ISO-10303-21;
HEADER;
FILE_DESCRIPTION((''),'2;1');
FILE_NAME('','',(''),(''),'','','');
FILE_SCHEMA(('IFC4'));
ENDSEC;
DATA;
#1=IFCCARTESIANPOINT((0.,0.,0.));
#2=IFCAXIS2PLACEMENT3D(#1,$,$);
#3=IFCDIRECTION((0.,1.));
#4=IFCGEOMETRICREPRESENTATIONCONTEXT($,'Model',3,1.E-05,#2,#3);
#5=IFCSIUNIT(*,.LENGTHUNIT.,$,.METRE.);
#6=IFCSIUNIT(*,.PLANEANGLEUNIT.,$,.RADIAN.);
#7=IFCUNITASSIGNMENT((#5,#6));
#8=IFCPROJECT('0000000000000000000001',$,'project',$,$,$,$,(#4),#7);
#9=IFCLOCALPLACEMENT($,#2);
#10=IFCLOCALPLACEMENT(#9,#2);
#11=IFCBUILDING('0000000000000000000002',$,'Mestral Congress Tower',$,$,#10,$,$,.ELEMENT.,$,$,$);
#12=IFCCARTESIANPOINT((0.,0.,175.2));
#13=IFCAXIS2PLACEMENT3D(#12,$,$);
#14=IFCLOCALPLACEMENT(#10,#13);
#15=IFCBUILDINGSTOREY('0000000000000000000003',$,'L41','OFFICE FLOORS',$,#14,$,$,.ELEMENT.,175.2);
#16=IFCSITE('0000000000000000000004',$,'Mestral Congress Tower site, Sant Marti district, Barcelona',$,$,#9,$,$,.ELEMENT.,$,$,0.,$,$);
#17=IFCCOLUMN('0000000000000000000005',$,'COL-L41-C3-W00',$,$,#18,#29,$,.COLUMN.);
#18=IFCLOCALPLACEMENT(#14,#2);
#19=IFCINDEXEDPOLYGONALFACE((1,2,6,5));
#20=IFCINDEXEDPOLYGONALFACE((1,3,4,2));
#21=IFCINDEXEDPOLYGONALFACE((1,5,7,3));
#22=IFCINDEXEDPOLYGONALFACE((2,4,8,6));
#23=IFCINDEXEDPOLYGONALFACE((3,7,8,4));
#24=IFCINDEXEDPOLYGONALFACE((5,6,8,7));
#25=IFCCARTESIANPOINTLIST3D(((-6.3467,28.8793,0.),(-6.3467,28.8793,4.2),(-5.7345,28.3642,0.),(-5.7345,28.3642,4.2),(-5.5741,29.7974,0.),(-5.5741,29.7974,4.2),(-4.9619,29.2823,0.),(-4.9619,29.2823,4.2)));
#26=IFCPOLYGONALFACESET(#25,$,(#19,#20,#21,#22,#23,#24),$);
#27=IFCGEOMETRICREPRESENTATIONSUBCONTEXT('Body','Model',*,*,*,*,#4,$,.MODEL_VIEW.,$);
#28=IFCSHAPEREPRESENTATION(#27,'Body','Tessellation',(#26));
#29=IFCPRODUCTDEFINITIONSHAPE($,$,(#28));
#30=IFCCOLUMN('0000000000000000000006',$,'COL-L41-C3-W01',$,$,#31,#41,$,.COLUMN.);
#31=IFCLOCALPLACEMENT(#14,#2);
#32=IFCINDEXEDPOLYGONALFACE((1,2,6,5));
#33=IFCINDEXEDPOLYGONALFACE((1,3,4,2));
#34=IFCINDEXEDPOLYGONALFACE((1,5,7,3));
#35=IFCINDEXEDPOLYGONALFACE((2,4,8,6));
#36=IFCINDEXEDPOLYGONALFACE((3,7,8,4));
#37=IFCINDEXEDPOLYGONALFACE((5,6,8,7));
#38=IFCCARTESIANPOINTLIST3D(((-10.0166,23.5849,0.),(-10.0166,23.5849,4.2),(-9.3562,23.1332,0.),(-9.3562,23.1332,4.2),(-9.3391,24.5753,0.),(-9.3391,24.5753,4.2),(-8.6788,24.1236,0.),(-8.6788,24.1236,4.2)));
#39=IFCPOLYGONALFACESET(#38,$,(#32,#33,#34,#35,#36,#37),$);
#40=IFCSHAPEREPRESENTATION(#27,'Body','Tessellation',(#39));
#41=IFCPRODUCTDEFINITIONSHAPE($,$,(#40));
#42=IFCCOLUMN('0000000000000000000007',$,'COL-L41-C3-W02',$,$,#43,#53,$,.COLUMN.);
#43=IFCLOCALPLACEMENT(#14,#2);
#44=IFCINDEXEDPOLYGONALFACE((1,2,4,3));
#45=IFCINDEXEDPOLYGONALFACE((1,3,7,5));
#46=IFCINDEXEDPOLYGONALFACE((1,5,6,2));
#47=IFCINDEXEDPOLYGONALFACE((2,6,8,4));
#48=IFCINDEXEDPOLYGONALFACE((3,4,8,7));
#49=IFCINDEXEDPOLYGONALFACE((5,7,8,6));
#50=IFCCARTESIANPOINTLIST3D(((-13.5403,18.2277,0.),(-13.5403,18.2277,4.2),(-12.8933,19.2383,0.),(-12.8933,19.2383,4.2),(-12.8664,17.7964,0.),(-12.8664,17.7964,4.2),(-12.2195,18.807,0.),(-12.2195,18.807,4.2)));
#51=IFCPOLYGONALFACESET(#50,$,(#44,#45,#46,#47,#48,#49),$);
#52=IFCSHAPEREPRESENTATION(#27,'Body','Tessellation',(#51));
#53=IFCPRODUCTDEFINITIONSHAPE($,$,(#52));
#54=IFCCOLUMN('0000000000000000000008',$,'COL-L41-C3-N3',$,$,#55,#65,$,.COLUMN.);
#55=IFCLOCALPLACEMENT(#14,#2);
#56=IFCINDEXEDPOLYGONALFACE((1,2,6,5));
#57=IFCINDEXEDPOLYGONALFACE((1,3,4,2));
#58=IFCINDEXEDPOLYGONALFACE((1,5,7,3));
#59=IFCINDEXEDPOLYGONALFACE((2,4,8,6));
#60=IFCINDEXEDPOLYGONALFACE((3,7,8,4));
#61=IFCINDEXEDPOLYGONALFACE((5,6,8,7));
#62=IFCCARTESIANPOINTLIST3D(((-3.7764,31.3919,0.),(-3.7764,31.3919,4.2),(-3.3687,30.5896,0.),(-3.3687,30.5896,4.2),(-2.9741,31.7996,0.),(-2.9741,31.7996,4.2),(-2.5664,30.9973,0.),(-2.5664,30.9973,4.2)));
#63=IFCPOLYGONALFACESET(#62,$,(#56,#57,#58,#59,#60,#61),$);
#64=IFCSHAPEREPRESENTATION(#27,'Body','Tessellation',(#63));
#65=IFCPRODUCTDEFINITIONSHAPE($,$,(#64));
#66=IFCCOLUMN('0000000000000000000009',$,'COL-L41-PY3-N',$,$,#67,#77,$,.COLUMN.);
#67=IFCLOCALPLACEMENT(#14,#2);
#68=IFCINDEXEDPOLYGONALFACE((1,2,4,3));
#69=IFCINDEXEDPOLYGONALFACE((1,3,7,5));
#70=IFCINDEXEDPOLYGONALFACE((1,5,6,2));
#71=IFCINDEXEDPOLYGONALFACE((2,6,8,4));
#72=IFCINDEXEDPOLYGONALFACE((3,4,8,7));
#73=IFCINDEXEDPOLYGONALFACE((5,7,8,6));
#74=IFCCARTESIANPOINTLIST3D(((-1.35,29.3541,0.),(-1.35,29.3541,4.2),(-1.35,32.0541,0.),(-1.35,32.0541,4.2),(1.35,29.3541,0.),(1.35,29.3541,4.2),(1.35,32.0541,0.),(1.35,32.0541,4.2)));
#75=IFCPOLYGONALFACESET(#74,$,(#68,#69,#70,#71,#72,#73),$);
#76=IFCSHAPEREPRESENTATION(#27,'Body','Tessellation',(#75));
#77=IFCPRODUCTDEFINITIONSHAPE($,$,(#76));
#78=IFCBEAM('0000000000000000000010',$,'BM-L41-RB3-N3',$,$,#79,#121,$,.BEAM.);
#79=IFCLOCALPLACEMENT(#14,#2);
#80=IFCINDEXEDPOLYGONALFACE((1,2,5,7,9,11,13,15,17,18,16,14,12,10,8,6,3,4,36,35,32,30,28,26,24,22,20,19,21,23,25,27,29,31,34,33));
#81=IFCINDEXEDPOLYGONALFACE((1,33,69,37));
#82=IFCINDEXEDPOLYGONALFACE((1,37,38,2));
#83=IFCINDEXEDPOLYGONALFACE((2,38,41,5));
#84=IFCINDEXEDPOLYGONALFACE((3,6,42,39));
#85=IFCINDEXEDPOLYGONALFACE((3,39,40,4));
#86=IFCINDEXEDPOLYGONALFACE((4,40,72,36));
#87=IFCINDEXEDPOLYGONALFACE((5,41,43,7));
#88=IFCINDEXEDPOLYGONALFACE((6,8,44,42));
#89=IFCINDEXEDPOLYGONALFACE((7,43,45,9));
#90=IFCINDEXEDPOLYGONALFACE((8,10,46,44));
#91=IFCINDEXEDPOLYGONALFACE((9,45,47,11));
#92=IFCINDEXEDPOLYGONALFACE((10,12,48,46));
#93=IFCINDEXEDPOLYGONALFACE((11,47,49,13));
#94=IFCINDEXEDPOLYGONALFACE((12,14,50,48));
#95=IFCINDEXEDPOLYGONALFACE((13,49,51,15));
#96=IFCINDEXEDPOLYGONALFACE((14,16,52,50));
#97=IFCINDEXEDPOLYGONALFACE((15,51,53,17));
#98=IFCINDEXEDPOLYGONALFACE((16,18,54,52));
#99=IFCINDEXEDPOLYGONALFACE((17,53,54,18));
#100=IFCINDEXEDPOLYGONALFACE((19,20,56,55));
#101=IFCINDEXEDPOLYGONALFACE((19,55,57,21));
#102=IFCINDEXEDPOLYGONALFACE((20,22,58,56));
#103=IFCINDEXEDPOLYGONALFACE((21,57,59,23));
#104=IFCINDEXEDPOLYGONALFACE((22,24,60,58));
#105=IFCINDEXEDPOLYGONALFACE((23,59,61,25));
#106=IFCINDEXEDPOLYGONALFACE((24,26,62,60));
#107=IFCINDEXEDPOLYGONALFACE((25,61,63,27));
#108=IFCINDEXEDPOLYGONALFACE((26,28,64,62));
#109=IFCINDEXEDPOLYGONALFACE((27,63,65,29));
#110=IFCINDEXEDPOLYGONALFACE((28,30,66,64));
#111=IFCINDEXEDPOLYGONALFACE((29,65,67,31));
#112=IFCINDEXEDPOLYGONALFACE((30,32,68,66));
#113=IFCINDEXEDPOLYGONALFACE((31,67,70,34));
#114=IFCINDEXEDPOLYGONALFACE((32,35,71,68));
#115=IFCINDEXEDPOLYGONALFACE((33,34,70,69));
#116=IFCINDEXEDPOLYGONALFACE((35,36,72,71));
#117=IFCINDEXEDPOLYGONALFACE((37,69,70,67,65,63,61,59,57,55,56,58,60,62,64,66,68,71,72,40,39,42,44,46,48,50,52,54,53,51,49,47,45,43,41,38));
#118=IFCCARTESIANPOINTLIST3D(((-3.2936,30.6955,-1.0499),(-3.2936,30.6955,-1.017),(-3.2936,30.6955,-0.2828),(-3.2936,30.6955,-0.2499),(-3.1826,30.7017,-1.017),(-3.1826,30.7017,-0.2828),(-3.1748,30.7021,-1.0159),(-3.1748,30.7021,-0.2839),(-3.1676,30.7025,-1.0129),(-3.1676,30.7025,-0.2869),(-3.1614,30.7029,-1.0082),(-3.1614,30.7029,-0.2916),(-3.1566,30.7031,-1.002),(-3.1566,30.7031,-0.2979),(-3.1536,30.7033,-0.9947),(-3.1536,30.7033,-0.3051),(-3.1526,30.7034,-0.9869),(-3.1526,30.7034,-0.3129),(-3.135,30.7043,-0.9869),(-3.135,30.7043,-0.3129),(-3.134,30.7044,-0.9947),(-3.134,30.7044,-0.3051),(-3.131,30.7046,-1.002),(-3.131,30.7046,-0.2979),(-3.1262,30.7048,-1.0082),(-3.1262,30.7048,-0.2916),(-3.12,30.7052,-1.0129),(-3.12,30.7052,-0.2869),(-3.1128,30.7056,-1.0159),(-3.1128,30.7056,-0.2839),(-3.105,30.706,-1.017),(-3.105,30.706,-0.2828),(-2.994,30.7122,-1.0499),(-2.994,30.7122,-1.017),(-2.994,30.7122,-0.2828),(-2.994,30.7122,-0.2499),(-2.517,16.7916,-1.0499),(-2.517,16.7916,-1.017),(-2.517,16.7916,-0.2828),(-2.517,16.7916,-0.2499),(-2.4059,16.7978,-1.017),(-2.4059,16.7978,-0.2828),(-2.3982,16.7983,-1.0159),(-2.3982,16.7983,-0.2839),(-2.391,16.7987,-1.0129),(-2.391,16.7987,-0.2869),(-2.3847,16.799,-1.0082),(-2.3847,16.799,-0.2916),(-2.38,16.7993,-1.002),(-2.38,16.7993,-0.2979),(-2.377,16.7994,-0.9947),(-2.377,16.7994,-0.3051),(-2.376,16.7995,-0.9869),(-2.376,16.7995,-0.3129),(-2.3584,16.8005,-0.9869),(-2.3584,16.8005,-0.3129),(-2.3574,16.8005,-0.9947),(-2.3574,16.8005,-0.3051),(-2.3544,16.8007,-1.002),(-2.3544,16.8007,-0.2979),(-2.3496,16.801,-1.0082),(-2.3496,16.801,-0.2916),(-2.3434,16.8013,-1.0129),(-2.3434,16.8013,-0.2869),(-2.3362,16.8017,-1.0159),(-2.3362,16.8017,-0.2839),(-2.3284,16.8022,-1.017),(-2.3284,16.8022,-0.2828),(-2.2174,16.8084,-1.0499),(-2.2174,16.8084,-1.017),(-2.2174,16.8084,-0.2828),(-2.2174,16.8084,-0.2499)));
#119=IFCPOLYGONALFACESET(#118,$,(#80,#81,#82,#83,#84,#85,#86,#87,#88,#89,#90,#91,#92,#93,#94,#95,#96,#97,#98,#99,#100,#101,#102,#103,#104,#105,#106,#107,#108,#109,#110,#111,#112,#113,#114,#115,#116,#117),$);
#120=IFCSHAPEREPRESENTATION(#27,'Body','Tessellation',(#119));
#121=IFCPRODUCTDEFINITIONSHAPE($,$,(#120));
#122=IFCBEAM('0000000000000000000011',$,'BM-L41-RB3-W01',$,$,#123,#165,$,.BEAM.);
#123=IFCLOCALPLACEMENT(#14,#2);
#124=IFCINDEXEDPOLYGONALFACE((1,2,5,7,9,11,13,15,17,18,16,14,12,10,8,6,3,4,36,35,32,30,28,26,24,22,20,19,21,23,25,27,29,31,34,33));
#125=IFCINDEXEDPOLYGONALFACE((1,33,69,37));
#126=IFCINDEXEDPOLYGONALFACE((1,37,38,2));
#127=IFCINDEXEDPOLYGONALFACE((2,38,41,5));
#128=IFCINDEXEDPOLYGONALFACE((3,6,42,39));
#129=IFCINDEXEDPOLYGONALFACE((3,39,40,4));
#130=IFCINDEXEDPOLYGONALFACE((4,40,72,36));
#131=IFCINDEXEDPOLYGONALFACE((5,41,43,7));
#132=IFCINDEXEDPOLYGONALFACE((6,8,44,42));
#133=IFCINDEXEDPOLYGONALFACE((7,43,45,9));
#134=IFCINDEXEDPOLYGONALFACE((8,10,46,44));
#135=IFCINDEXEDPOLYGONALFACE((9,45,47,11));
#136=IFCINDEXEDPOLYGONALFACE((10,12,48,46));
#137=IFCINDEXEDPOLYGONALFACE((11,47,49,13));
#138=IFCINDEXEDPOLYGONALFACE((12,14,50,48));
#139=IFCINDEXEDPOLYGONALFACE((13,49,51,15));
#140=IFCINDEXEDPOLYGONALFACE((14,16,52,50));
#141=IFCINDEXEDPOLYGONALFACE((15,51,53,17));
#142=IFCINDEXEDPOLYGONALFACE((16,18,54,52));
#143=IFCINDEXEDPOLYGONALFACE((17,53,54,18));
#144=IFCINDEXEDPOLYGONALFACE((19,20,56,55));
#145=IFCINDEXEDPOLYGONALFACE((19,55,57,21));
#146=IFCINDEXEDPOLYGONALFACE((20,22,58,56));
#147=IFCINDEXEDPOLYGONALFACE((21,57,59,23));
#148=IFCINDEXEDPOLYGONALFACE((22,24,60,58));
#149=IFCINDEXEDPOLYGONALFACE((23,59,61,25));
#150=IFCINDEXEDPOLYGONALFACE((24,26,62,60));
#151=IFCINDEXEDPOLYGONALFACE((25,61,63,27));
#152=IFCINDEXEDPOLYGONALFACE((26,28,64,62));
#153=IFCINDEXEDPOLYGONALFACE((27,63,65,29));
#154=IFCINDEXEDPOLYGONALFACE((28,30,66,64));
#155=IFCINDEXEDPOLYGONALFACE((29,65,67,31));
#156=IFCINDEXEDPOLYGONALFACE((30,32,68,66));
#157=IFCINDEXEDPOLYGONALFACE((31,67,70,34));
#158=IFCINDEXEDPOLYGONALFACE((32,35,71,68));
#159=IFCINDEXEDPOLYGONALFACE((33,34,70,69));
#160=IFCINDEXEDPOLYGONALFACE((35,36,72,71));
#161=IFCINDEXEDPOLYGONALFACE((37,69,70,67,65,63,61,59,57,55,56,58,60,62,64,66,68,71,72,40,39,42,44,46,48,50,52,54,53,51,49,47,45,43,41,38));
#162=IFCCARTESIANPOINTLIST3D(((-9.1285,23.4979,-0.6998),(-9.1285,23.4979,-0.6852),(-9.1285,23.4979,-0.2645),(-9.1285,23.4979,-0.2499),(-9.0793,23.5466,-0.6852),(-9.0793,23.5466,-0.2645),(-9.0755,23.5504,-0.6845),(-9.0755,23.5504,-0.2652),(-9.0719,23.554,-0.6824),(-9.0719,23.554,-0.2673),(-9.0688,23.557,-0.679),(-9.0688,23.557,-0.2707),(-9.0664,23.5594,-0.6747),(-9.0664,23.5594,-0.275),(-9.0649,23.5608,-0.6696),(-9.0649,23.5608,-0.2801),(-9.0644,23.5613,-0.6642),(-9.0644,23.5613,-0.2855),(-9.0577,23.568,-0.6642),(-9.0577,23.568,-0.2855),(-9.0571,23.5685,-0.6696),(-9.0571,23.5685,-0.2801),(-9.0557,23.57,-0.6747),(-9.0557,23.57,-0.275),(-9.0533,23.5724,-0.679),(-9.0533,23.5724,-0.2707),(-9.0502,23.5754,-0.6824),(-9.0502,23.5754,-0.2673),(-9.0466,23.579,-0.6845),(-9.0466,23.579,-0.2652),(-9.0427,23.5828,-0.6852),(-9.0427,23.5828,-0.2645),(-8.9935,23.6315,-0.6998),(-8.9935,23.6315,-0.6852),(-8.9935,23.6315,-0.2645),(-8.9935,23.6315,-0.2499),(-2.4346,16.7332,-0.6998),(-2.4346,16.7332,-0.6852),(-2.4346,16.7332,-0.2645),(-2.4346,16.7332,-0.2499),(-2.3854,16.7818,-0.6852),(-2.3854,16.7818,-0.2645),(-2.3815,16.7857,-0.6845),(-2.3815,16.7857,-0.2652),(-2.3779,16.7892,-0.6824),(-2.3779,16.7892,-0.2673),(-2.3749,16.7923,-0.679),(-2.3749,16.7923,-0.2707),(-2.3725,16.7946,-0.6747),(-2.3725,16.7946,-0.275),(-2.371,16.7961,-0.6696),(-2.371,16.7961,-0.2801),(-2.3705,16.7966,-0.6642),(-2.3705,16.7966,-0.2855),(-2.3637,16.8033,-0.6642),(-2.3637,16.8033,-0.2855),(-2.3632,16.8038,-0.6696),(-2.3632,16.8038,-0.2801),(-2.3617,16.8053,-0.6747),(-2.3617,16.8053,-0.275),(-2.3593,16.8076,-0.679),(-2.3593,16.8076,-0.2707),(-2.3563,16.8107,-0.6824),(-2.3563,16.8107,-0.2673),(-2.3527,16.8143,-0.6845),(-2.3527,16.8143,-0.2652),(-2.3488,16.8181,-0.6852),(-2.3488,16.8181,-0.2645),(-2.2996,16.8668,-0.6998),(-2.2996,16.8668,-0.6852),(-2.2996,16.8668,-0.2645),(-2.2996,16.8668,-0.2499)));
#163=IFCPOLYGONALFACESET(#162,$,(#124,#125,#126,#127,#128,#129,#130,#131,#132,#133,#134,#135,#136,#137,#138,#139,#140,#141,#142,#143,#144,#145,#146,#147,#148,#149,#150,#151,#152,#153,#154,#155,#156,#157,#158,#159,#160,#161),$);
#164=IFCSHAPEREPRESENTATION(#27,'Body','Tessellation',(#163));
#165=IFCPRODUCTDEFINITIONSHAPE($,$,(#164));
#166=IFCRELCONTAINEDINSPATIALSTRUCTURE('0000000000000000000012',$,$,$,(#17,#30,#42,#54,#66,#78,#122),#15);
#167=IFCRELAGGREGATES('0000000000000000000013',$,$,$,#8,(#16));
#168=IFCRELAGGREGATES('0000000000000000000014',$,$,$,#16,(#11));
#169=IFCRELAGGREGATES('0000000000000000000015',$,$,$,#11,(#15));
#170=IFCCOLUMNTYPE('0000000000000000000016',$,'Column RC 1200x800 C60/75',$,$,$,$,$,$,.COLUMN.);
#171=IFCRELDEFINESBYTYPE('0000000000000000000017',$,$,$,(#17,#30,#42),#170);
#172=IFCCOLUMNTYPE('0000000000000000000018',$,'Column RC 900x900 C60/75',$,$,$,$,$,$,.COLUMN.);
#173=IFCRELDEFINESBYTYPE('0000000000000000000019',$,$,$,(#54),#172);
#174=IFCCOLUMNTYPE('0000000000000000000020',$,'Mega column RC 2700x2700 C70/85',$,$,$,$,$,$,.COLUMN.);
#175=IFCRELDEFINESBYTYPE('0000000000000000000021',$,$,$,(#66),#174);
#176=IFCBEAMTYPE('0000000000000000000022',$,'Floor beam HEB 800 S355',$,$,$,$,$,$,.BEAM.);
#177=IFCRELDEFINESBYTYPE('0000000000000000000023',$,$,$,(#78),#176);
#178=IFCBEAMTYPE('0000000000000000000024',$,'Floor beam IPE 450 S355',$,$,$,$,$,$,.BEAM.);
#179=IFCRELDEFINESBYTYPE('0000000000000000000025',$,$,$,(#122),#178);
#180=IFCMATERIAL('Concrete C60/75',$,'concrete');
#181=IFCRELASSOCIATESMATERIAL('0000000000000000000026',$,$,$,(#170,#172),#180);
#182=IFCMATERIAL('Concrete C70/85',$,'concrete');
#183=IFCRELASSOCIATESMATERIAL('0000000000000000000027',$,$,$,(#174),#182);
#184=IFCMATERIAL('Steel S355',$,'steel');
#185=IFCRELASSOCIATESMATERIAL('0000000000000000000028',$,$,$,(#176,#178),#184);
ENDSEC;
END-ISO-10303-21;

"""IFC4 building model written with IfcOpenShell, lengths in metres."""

from ifc_helpers import new_model, si_unit, direction, frame, origin, origin_2d, place, context, subcontext, project, spatial, rectangle, i_section, extrude, material, material_profile, profile_set, type_object, element, save


model = new_model("IFC4")

# Units and contexts
model_context = context("Model", 3, precision=1e-05, world=origin(), true_north=direction((0.0, 1.0)))
body_context = subcontext(model_context, "Body", "Model", "MODEL_VIEW")
ifc_project = project(units=[si_unit("LENGTHUNIT", "METRE"), si_unit("PLANEANGLEUNIT", "RADIAN")], contexts=[model_context])

# Site, building, storey
site_placement = place(None, origin())
site = spatial("IfcSite", under=ifc_project, at=site_placement, Name="Mestral Congress Tower site, Sant Marti district, Barcelona", CompositionType="ELEMENT", RefElevation=0.0)
building_placement = place(site_placement, origin())
building = spatial("IfcBuilding", under=site, at=building_placement, Name="Mestral Congress Tower", CompositionType="ELEMENT")
storey_placement = place(building_placement, frame((0.0, 0.0, 175.2)))
storey = spatial("IfcBuildingStorey", under=building, at=storey_placement, Name="L41", Description="OFFICE FLOORS", CompositionType="ELEMENT", Elevation=175.2)

# Columns
ifc_material_1 = material(Name="Concrete C60/75", Category="concrete")
ifc_material_profile_1 = material_profile(ifc_material_1, rectangle(XDim=1.2, YDim=0.8, at=origin_2d()), Name="RC 1200x800")
ifc_profile_set_1 = profile_set([ifc_material_profile_1], Name="Concrete C60/75")
column_type_1 = type_object("IfcColumnType", Name="Column RC 1200x800 C60/75", PredefinedType="COLUMN", material=ifc_profile_set_1)
for number, where, z_axis, x_axis, name in (
    (1, (-5.6543, 29.0808, 0.0), (0.0, 0.0, 1.0), (-0.643827, -0.765171, 0.0), "COL-L41-C3-W00"),
    (2, (-9.3477, 23.8542, 0.0), (0.0, 0.0, 1.0), (-0.564568, -0.825387, 0.0), "COL-L41-C3-W01"),
    (3, (-12.8799, 18.5173, 0.0), (0.0, 0.0, 1.0), (-0.539115, -0.842232, 0.0), "COL-L41-C3-W02"),
):
    element("IfcColumn", number, at=place(storey_placement, frame(where, z_axis=z_axis, x_axis=x_axis)), inside=storey, type_object=column_type_1, Name=name, PredefinedType="COLUMN", context=body_context, shape_type="SweptSolid", body=[
        extrude(rectangle(XDim=1.2, YDim=0.8, at=origin_2d()), origin(), (0.0, 0.0, 1.0), 4.2),
    ])
ifc_material_profile_2 = material_profile(ifc_material_1, rectangle(XDim=0.8999, YDim=0.8999, at=origin_2d()), Name="RC 900x900")
ifc_profile_set_2 = profile_set([ifc_material_profile_2], Name="Concrete C60/75")
column_type_2 = type_object("IfcColumnType", Name="Column RC 900x900 C60/75", PredefinedType="COLUMN", material=ifc_profile_set_2)
column_1_placement = place(storey_placement, frame((-3.1714, 31.1946, 0.0), z_axis=(0.0, 0.0, 1.0), x_axis=(-0.891486, -0.453048, 0.0)))
element("IfcColumn", 4, at=column_1_placement, inside=storey, type_object=column_type_2, Name="COL-L41-C3-N3", PredefinedType="COLUMN", context=body_context, shape_type="SweptSolid", body=[
    extrude(rectangle(XDim=0.8999, YDim=0.8999, at=origin_2d()), origin(), (0.0, 0.0, 1.0), 4.2),
])
ifc_material_2 = material(Name="Concrete C70/85", Category="concrete")
ifc_material_profile_3 = material_profile(ifc_material_2, rectangle(XDim=2.7, YDim=2.7, at=origin_2d()), Name="RC 2700x2700")
ifc_profile_set_3 = profile_set([ifc_material_profile_3], Name="Concrete C70/85")
column_type_3 = type_object("IfcColumnType", Name="Mega column RC 2700x2700 C70/85", PredefinedType="COLUMN", material=ifc_profile_set_3)
column_2_placement = place(storey_placement, frame((0.0, 30.7041, 0.0), z_axis=(0.0, 0.0, 1.0), x_axis=(0.0, 1.0, 0.0)))
element("IfcColumn", 5, at=column_2_placement, inside=storey, type_object=column_type_3, Name="COL-L41-PY3-N", PredefinedType="COLUMN", context=body_context, shape_type="SweptSolid", body=[
    extrude(rectangle(XDim=2.7, YDim=2.7, at=origin_2d()), origin(), (0.0, 0.0, 1.0), 4.2),
])

# Beams
ifc_material_3 = material(Name="Steel S355", Category="steel")
ifc_material_profile_4 = material_profile(ifc_material_3, i_section(OverallWidth=0.3, OverallDepth=0.8, WebThickness=0.0176, FlangeThickness=0.033, FilletRadius=0.03, at=origin_2d()), Name="HEB 800")
ifc_profile_set_4 = profile_set([ifc_material_profile_4], Name="Steel S355")
beam_type_1 = type_object("IfcBeamType", Name="Floor beam HEB 800 S355", PredefinedType="BEAM", material=ifc_profile_set_4)
beam_1_placement = place(storey_placement, frame((-3.1438, 30.7039, -0.6499), z_axis=(0.055769, -0.998444, 0.0), x_axis=(0.998444, 0.055769, 0.0)))
element("IfcBeam", 6, at=beam_1_placement, inside=storey, type_object=beam_type_1, Name="BM-L41-RB3-N3", PredefinedType="BEAM", context=body_context, shape_type="SweptSolid", body=[
    extrude(i_section(OverallWidth=0.3, OverallDepth=0.8, WebThickness=0.0176, FlangeThickness=0.033, FilletRadius=0.03, at=origin_2d()), origin(), (0.0, 0.0, 1.0), 13.9255),
])
ifc_material_profile_5 = material_profile(ifc_material_3, i_section(OverallWidth=0.1899, OverallDepth=0.45, WebThickness=0.0095, FlangeThickness=0.0146, FilletRadius=0.021, at=origin_2d()), Name="IPE 450")
ifc_profile_set_5 = profile_set([ifc_material_profile_5], Name="Steel S355")
beam_type_2 = type_object("IfcBeamType", Name="Floor beam IPE 450 S355", PredefinedType="BEAM", material=ifc_profile_set_5)
beam_2_placement = place(storey_placement, frame((-9.061, 23.5647, -0.4749), z_axis=(0.703377, -0.710817, 0.0), x_axis=(0.710817, 0.703377, 0.0)))
element("IfcBeam", 7, at=beam_2_placement, inside=storey, type_object=beam_type_2, Name="BM-L41-RB3-W01", PredefinedType="BEAM", context=body_context, shape_type="SweptSolid", body=[
    extrude(i_section(OverallWidth=0.1899, OverallDepth=0.45, WebThickness=0.0095, FlangeThickness=0.0146, FilletRadius=0.021, at=origin_2d()), origin(), (0.0, 0.0, 1.0), 9.5168),
])

save(model, "model.ifc")
